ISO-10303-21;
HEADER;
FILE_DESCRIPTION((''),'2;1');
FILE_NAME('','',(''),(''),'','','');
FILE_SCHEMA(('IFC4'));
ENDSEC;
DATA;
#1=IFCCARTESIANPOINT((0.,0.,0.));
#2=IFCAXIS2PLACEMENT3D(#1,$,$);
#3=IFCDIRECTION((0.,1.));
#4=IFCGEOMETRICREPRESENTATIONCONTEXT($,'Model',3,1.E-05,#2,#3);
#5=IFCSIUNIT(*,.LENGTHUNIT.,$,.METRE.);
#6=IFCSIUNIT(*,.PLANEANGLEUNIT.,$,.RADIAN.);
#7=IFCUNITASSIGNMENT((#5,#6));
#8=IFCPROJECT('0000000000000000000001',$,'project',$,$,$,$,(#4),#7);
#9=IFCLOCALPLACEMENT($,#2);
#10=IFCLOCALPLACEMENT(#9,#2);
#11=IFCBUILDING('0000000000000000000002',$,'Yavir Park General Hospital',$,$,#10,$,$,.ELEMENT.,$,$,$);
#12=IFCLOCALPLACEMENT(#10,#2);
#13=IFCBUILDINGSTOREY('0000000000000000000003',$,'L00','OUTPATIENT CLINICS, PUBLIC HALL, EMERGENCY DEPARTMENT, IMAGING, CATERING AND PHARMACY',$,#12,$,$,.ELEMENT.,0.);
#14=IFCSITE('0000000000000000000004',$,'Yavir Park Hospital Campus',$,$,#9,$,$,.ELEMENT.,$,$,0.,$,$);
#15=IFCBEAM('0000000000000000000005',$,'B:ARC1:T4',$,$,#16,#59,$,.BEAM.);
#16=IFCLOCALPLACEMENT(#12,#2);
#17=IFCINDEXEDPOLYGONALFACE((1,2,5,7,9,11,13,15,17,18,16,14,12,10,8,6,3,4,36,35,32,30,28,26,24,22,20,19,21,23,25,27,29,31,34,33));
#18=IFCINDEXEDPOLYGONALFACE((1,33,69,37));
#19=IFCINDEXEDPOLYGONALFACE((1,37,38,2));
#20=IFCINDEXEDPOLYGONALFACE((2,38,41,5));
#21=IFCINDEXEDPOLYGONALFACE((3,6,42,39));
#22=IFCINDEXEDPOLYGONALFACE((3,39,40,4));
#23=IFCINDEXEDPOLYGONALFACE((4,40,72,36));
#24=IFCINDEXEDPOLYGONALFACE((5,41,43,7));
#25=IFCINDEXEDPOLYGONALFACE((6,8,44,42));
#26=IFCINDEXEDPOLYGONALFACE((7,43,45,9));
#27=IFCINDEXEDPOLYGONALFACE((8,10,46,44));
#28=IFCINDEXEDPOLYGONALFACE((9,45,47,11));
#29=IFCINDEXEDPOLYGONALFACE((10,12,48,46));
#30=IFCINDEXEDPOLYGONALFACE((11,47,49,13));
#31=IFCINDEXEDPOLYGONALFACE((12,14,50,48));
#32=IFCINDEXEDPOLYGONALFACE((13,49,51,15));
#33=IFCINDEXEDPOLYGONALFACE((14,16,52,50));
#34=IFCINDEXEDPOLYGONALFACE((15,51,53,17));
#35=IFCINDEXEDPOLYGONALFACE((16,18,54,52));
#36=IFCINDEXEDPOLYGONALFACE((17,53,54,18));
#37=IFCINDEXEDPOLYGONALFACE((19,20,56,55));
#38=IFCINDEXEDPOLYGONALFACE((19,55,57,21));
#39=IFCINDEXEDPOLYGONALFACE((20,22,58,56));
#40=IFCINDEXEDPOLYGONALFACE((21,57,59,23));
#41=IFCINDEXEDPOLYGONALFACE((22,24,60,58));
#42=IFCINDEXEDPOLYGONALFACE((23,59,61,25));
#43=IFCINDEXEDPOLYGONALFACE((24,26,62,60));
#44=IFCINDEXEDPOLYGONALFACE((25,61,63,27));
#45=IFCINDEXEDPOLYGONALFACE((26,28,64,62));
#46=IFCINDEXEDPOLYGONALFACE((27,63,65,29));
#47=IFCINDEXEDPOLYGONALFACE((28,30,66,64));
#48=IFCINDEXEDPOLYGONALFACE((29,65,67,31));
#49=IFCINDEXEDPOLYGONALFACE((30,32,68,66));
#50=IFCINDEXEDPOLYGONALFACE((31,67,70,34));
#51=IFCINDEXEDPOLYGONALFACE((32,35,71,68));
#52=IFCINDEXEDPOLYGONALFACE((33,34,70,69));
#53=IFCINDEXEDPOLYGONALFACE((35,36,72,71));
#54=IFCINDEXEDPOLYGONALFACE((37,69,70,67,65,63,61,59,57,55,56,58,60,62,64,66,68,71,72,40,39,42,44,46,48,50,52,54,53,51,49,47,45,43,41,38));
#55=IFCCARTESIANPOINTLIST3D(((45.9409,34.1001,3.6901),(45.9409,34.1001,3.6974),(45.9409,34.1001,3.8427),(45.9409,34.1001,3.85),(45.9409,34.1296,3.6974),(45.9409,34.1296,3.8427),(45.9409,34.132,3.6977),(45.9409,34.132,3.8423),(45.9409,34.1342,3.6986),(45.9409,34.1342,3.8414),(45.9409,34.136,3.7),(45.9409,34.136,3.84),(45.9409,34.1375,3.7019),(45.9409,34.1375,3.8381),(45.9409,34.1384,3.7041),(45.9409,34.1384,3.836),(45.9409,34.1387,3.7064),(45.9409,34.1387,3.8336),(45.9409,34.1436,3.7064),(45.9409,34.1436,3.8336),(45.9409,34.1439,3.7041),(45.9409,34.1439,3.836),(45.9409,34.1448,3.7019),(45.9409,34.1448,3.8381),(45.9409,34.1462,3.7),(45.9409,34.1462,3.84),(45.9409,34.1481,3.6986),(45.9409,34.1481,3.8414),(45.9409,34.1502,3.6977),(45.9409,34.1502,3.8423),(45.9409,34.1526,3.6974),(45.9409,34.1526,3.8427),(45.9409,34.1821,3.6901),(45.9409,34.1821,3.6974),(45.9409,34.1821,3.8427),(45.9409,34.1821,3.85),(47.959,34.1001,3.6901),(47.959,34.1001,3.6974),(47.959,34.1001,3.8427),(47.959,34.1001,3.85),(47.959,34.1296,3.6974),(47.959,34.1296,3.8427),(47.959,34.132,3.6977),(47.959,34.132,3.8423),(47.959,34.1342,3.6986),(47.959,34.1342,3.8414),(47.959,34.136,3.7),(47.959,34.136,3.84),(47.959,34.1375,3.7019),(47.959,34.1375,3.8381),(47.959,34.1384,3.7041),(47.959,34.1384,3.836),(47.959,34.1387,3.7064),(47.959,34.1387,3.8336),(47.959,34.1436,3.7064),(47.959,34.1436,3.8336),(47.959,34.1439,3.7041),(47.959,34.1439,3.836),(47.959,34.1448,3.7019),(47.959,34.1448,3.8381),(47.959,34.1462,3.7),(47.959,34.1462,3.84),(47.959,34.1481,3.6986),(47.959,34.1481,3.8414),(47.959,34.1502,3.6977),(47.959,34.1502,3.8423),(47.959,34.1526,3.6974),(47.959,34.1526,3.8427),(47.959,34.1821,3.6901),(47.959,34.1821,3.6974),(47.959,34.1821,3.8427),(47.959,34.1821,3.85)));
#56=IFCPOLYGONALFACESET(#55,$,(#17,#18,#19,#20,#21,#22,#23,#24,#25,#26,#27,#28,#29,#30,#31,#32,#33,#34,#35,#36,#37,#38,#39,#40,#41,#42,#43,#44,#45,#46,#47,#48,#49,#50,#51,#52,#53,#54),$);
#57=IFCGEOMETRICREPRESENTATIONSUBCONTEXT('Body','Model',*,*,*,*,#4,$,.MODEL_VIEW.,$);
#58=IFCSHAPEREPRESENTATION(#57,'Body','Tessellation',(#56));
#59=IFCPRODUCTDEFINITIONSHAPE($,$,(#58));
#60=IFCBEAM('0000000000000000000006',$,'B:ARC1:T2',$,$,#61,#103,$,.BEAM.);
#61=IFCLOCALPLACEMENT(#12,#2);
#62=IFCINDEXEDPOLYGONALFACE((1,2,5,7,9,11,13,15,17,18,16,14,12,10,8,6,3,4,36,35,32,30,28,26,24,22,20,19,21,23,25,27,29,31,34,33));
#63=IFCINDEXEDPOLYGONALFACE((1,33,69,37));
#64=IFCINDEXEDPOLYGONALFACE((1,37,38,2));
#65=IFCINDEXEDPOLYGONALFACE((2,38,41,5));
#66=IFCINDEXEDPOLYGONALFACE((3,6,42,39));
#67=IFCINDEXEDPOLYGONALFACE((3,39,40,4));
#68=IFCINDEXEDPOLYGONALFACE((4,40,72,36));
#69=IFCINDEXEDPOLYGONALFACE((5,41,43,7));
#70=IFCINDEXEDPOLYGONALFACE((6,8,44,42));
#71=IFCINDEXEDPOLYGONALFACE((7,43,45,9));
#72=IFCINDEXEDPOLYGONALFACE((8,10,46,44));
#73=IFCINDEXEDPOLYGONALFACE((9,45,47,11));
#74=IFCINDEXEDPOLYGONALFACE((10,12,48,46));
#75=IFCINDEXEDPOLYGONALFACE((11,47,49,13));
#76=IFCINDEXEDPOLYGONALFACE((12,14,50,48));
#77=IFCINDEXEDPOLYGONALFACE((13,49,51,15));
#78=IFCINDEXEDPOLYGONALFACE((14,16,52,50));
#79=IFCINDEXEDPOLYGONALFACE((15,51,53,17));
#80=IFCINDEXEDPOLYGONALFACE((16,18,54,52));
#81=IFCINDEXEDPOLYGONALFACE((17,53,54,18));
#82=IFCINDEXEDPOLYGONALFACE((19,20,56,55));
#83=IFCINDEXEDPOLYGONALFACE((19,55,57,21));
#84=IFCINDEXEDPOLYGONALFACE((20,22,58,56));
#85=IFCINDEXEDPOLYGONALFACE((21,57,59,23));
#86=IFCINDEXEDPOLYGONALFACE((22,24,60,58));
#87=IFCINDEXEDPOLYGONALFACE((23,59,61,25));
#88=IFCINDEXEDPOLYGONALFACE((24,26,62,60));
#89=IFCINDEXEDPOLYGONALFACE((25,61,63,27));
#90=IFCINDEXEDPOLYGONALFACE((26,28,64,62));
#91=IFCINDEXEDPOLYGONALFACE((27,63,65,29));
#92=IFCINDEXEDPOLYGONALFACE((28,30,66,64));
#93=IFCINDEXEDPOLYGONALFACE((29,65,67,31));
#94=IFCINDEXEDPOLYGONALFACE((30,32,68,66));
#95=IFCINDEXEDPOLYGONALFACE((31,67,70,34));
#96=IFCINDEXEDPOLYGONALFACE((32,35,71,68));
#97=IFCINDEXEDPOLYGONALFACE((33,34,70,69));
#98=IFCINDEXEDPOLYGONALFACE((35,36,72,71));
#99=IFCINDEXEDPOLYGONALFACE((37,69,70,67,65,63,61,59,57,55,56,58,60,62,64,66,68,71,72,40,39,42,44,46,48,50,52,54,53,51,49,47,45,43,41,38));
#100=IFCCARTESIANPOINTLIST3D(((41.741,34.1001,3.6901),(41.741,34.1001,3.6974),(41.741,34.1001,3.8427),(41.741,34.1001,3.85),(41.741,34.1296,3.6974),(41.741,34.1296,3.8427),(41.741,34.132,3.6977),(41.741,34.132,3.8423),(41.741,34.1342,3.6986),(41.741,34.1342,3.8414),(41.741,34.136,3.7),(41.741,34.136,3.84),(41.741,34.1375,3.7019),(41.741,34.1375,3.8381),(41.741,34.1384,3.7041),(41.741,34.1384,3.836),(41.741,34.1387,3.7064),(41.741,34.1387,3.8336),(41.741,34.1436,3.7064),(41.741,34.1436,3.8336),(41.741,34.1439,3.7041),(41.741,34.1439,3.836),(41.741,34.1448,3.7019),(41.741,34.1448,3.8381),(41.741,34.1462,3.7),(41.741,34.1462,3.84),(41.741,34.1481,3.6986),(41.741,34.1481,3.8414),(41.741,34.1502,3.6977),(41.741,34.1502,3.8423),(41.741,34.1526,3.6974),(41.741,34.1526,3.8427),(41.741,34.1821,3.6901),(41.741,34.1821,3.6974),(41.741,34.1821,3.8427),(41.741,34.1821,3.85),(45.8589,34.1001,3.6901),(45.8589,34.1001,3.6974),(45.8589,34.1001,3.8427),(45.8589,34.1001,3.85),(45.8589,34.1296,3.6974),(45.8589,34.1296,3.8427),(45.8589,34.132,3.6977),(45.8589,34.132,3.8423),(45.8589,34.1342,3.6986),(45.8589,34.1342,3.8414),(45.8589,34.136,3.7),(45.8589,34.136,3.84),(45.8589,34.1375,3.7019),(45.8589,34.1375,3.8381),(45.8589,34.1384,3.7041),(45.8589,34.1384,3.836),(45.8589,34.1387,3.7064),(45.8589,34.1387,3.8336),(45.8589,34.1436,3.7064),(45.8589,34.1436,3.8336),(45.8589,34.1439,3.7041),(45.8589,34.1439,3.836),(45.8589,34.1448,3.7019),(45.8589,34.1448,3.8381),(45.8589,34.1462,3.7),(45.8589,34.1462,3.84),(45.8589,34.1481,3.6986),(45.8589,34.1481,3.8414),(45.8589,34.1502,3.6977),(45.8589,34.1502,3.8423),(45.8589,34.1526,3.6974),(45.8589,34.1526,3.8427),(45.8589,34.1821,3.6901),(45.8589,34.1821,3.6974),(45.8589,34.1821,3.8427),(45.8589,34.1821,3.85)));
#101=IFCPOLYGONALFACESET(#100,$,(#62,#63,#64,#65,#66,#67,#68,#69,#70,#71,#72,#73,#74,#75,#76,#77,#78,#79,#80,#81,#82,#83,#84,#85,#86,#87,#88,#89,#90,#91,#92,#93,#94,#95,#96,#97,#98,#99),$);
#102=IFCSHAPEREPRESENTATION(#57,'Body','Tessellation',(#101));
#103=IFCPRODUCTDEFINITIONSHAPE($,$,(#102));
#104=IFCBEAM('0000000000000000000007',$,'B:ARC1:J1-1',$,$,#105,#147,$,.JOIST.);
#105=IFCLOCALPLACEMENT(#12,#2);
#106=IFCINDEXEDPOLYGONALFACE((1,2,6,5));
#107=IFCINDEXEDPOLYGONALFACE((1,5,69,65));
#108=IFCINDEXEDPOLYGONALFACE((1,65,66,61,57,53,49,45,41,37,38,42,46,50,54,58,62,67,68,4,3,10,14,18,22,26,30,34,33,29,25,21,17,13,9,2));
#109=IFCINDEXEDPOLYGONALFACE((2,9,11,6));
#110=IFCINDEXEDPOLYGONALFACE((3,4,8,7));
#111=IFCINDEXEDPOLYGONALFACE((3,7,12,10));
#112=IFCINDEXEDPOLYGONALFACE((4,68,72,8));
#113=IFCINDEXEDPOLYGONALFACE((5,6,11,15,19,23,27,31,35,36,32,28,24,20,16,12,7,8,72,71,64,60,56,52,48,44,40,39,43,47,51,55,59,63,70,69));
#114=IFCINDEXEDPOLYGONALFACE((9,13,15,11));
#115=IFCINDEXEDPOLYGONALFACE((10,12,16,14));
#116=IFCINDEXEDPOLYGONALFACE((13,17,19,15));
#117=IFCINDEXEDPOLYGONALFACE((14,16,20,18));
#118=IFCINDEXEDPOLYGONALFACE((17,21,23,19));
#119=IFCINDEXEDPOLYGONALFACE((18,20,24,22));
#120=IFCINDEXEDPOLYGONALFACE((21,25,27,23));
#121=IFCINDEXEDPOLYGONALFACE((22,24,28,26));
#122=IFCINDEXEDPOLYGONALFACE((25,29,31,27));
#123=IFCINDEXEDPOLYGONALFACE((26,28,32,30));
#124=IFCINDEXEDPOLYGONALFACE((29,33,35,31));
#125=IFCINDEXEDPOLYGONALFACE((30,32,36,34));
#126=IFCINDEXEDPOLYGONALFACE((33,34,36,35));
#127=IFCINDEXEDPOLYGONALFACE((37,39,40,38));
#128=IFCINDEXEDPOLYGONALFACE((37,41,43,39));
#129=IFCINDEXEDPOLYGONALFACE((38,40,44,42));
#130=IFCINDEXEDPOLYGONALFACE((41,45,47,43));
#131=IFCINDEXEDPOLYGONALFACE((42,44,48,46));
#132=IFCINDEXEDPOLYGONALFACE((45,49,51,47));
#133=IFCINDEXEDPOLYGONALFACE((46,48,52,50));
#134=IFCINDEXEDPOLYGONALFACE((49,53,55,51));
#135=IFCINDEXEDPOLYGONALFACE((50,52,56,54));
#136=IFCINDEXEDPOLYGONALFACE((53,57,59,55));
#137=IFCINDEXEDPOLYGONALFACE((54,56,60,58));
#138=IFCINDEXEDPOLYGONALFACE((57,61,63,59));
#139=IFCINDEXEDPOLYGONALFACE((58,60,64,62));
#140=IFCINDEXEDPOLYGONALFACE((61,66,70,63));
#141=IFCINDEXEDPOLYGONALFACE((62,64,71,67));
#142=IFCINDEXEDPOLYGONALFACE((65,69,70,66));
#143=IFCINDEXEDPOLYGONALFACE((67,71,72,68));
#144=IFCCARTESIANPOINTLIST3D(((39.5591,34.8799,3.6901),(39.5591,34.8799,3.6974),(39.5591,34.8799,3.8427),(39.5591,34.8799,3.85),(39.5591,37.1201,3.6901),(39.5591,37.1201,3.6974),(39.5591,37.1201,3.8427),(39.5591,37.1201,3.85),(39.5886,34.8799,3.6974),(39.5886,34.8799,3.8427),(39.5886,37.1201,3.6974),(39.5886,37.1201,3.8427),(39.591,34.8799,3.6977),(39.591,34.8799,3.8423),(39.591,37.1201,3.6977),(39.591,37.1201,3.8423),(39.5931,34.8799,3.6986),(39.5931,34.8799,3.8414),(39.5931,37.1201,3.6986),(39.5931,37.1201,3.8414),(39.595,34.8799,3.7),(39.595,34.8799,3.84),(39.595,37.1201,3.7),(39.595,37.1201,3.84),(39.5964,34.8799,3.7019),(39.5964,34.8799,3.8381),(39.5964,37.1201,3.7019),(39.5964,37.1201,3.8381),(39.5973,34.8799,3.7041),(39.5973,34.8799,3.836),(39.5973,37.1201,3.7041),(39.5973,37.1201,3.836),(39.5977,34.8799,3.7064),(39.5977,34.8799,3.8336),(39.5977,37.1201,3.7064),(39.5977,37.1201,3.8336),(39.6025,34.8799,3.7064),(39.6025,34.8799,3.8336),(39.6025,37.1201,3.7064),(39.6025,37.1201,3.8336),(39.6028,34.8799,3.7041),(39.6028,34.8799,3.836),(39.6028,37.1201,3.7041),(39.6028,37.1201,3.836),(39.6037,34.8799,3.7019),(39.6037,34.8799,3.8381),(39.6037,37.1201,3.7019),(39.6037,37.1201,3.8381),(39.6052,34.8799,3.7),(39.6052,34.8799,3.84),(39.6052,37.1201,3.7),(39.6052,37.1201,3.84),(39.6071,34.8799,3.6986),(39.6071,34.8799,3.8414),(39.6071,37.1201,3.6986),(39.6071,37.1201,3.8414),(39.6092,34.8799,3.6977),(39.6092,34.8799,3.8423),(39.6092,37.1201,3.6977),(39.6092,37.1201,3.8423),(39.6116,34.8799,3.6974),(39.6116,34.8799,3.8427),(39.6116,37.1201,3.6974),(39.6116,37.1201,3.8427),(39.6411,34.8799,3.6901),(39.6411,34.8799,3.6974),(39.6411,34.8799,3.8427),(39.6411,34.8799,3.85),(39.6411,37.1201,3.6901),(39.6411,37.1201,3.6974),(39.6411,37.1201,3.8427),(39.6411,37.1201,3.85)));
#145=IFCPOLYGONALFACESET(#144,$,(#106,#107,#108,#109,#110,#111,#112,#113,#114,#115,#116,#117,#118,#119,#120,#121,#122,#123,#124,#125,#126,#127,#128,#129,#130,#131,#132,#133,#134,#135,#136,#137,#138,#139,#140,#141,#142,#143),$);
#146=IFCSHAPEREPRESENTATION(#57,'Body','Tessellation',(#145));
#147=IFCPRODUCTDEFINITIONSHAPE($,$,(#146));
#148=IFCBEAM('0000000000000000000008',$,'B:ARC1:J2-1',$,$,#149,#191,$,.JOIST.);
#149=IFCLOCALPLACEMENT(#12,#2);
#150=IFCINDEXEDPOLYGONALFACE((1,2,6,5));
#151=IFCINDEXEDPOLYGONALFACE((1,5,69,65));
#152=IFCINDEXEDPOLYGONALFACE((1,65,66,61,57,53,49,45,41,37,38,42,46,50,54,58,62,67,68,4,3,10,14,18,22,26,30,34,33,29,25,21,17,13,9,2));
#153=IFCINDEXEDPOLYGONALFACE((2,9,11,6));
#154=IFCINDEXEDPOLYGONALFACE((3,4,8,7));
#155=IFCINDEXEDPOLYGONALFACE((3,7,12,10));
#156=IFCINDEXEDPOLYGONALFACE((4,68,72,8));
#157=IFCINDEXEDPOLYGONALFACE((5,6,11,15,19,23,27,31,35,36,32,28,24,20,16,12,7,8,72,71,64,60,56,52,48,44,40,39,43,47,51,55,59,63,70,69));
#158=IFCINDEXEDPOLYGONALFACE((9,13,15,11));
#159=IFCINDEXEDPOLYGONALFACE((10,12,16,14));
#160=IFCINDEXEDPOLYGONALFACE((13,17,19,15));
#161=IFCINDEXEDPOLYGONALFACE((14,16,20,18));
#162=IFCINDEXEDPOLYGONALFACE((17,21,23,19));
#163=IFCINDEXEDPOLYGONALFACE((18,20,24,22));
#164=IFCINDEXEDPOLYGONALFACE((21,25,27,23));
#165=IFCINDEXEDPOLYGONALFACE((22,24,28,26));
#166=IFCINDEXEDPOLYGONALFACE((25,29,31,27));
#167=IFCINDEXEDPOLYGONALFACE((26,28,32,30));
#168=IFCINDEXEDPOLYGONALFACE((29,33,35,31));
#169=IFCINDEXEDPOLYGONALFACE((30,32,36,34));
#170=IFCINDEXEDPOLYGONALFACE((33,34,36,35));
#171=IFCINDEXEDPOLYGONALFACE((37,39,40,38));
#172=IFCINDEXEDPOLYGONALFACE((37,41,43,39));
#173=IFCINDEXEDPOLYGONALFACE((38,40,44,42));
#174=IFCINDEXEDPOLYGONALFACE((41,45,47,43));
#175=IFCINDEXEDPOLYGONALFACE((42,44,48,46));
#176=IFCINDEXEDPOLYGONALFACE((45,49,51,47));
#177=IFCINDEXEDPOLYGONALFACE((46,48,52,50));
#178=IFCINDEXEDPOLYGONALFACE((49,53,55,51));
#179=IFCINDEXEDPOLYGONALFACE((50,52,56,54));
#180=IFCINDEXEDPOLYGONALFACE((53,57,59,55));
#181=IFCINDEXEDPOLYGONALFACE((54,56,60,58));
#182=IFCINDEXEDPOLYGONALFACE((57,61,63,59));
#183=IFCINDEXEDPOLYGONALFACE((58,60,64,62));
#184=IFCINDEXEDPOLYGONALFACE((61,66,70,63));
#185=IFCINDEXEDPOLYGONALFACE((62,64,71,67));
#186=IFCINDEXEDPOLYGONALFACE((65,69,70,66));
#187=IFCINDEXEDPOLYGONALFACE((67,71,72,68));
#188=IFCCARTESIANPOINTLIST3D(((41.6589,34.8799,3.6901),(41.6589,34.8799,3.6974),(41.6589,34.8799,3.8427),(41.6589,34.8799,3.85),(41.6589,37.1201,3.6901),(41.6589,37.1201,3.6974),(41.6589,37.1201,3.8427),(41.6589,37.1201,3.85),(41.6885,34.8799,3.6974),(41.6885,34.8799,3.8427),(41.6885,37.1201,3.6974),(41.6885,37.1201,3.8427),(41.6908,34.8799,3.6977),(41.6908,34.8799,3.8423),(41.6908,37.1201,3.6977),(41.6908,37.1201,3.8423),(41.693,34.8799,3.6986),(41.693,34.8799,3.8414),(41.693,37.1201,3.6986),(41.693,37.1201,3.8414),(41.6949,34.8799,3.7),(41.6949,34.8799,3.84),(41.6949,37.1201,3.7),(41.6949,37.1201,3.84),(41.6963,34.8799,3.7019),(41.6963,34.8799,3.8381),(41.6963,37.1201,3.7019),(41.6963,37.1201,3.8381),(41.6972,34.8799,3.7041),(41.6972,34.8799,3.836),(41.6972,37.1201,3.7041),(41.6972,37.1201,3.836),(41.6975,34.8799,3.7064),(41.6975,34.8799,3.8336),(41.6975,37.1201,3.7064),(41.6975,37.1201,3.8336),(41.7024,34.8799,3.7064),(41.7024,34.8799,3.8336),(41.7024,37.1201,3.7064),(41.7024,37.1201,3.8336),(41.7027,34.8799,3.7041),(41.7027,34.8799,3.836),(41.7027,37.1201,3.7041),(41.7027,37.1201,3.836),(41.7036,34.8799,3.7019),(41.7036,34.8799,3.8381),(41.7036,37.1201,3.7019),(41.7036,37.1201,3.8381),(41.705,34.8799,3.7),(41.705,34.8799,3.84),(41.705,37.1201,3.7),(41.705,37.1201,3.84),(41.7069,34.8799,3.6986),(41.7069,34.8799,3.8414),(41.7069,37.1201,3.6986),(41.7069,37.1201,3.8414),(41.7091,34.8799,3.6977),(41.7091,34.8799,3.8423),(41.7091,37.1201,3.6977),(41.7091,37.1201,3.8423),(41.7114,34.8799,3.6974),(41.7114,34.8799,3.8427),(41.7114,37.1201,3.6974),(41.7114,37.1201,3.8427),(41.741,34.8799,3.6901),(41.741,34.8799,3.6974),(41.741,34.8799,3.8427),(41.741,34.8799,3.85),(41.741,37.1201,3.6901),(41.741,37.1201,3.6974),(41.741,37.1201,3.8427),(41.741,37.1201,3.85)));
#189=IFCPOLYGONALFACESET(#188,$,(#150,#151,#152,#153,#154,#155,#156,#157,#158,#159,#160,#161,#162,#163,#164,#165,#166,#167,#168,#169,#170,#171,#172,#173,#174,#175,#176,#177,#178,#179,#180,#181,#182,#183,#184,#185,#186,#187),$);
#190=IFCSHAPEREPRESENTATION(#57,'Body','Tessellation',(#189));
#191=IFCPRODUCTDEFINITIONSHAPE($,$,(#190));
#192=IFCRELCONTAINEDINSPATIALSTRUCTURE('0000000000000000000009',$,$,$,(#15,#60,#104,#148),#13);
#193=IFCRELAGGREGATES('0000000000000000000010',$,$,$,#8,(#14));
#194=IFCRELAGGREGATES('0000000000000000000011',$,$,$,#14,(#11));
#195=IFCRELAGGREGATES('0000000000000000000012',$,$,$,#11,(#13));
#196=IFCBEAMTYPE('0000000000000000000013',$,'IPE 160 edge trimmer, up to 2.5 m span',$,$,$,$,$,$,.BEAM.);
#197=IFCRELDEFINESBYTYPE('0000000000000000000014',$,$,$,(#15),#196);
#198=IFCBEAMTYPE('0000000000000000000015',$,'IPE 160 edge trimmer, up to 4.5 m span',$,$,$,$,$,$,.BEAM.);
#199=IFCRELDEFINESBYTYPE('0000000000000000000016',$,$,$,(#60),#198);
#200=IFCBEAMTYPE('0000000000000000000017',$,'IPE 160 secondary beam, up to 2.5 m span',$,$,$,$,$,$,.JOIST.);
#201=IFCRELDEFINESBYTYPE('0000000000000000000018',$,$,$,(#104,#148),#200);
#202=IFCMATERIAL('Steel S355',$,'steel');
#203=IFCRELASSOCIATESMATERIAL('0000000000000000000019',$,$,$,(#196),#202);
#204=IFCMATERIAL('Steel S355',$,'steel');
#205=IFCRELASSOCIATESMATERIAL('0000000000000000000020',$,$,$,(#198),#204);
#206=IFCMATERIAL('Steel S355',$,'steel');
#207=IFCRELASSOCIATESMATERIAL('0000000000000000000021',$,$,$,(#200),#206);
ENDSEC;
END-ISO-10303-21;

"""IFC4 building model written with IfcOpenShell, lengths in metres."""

from ifc_helpers import new_model, si_unit, direction, frame, origin, origin_2d, place, context, subcontext, project, spatial, i_section, extrude, material, material_profile, profile_set, type_object, element, save


model = new_model("IFC4")

# Units and contexts
model_context = context("Model", 3, precision=1e-05, world=origin(), true_north=direction((0.0, 1.0)))
body_context = subcontext(model_context, "Body", "Model", "MODEL_VIEW")
ifc_project = project(units=[si_unit("LENGTHUNIT", "METRE"), si_unit("PLANEANGLEUNIT", "RADIAN")], contexts=[model_context])

# Site, building, storey
site_placement = place(None, origin())
site = spatial("IfcSite", under=ifc_project, at=site_placement, Name="Yavir Park Hospital Campus", CompositionType="ELEMENT", RefElevation=0.0)
building_placement = place(site_placement, origin())
building = spatial("IfcBuilding", under=site, at=building_placement, Name="Yavir Park General Hospital", CompositionType="ELEMENT")
storey_placement = place(building_placement, origin())
storey = spatial("IfcBuildingStorey", under=building, at=storey_placement, Name="L00", Description="OUTPATIENT CLINICS, PUBLIC HALL, EMERGENCY DEPARTMENT, IMAGING, CATERING AND PHARMACY", CompositionType="ELEMENT", Elevation=0.0)

# Beams
ifc_material_1 = material(Name="Steel S355", Category="steel")
ifc_material_profile_1 = material_profile(ifc_material_1, i_section(OverallWidth=0.082, OverallDepth=0.1599, WebThickness=0.0049, FlangeThickness=0.0073, FilletRadius=0.009, at=origin_2d()), Name="IPE160")
ifc_profile_set_1 = profile_set([ifc_material_profile_1], Name="Steel S355")
beam_type_1 = type_object("IfcBeamType", Name="IPE 160 edge trimmer, up to 2.5 m span", PredefinedType="BEAM", material=ifc_profile_set_1)
beam_1_placement = place(storey_placement, frame((45.9409, 34.1411, 3.77), z_axis=(1.0, 0.0, 0.0), x_axis=(0.0, 1.0, 0.0)))
element("IfcBeam", 1, at=beam_1_placement, inside=storey, type_object=beam_type_1, Name="B:ARC1:T4", PredefinedType="BEAM", context=body_context, shape_type="SweptSolid", body=[
    extrude(i_section(OverallWidth=0.082, OverallDepth=0.1599, WebThickness=0.0049, FlangeThickness=0.0073, FilletRadius=0.009, at=origin_2d()), origin(), (0.0, 0.0, 1.0), 2.0181),
])
ifc_material_2 = material(Name="Steel S355", Category="steel")
ifc_material_profile_2 = material_profile(ifc_material_2, i_section(OverallWidth=0.082, OverallDepth=0.1599, WebThickness=0.0049, FlangeThickness=0.0073, FilletRadius=0.009, at=origin_2d()), Name="IPE160")
ifc_profile_set_2 = profile_set([ifc_material_profile_2], Name="Steel S355")
beam_type_2 = type_object("IfcBeamType", Name="IPE 160 edge trimmer, up to 4.5 m span", PredefinedType="BEAM", material=ifc_profile_set_2)
beam_2_placement = place(storey_placement, frame((41.741, 34.1411, 3.77), z_axis=(1.0, 0.0, 0.0), x_axis=(0.0, 1.0, 0.0)))
element("IfcBeam", 2, at=beam_2_placement, inside=storey, type_object=beam_type_2, Name="B:ARC1:T2", PredefinedType="BEAM", context=body_context, shape_type="SweptSolid", body=[
    extrude(i_section(OverallWidth=0.082, OverallDepth=0.1599, WebThickness=0.0049, FlangeThickness=0.0073, FilletRadius=0.009, at=origin_2d()), origin(), (0.0, 0.0, 1.0), 4.1179),
])
ifc_material_3 = material(Name="Steel S355", Category="steel")
ifc_material_profile_3 = material_profile(ifc_material_3, i_section(OverallWidth=0.082, OverallDepth=0.1599, WebThickness=0.0049, FlangeThickness=0.0073, FilletRadius=0.009, at=origin_2d()), Name="IPE160")
ifc_profile_set_3 = profile_set([ifc_material_profile_3], Name="Steel S355")
beam_type_3 = type_object("IfcBeamType", Name="IPE 160 secondary beam, up to 2.5 m span", PredefinedType="JOIST", material=ifc_profile_set_3)
for number, where, z_axis, x_axis, name in (
    (3, (39.6001, 34.8799, 3.77), (0.0, 1.0, 0.0), (-1.0, 0.0, 0.0), "B:ARC1:J1-1"),
    (4, (41.7, 34.8799, 3.77), (0.0, 1.0, 0.0), (-1.0, 0.0, 0.0), "B:ARC1:J2-1"),
):
    element("IfcBeam", number, at=place(storey_placement, frame(where, z_axis=z_axis, x_axis=x_axis)), inside=storey, type_object=beam_type_3, Name=name, PredefinedType="JOIST", context=body_context, shape_type="SweptSolid", body=[
        extrude(i_section(OverallWidth=0.082, OverallDepth=0.1599, WebThickness=0.0049, FlangeThickness=0.0073, FilletRadius=0.009, at=origin_2d()), origin(), (0.0, 0.0, 1.0), 2.2402),
    ])

save(model, "model.ifc")
